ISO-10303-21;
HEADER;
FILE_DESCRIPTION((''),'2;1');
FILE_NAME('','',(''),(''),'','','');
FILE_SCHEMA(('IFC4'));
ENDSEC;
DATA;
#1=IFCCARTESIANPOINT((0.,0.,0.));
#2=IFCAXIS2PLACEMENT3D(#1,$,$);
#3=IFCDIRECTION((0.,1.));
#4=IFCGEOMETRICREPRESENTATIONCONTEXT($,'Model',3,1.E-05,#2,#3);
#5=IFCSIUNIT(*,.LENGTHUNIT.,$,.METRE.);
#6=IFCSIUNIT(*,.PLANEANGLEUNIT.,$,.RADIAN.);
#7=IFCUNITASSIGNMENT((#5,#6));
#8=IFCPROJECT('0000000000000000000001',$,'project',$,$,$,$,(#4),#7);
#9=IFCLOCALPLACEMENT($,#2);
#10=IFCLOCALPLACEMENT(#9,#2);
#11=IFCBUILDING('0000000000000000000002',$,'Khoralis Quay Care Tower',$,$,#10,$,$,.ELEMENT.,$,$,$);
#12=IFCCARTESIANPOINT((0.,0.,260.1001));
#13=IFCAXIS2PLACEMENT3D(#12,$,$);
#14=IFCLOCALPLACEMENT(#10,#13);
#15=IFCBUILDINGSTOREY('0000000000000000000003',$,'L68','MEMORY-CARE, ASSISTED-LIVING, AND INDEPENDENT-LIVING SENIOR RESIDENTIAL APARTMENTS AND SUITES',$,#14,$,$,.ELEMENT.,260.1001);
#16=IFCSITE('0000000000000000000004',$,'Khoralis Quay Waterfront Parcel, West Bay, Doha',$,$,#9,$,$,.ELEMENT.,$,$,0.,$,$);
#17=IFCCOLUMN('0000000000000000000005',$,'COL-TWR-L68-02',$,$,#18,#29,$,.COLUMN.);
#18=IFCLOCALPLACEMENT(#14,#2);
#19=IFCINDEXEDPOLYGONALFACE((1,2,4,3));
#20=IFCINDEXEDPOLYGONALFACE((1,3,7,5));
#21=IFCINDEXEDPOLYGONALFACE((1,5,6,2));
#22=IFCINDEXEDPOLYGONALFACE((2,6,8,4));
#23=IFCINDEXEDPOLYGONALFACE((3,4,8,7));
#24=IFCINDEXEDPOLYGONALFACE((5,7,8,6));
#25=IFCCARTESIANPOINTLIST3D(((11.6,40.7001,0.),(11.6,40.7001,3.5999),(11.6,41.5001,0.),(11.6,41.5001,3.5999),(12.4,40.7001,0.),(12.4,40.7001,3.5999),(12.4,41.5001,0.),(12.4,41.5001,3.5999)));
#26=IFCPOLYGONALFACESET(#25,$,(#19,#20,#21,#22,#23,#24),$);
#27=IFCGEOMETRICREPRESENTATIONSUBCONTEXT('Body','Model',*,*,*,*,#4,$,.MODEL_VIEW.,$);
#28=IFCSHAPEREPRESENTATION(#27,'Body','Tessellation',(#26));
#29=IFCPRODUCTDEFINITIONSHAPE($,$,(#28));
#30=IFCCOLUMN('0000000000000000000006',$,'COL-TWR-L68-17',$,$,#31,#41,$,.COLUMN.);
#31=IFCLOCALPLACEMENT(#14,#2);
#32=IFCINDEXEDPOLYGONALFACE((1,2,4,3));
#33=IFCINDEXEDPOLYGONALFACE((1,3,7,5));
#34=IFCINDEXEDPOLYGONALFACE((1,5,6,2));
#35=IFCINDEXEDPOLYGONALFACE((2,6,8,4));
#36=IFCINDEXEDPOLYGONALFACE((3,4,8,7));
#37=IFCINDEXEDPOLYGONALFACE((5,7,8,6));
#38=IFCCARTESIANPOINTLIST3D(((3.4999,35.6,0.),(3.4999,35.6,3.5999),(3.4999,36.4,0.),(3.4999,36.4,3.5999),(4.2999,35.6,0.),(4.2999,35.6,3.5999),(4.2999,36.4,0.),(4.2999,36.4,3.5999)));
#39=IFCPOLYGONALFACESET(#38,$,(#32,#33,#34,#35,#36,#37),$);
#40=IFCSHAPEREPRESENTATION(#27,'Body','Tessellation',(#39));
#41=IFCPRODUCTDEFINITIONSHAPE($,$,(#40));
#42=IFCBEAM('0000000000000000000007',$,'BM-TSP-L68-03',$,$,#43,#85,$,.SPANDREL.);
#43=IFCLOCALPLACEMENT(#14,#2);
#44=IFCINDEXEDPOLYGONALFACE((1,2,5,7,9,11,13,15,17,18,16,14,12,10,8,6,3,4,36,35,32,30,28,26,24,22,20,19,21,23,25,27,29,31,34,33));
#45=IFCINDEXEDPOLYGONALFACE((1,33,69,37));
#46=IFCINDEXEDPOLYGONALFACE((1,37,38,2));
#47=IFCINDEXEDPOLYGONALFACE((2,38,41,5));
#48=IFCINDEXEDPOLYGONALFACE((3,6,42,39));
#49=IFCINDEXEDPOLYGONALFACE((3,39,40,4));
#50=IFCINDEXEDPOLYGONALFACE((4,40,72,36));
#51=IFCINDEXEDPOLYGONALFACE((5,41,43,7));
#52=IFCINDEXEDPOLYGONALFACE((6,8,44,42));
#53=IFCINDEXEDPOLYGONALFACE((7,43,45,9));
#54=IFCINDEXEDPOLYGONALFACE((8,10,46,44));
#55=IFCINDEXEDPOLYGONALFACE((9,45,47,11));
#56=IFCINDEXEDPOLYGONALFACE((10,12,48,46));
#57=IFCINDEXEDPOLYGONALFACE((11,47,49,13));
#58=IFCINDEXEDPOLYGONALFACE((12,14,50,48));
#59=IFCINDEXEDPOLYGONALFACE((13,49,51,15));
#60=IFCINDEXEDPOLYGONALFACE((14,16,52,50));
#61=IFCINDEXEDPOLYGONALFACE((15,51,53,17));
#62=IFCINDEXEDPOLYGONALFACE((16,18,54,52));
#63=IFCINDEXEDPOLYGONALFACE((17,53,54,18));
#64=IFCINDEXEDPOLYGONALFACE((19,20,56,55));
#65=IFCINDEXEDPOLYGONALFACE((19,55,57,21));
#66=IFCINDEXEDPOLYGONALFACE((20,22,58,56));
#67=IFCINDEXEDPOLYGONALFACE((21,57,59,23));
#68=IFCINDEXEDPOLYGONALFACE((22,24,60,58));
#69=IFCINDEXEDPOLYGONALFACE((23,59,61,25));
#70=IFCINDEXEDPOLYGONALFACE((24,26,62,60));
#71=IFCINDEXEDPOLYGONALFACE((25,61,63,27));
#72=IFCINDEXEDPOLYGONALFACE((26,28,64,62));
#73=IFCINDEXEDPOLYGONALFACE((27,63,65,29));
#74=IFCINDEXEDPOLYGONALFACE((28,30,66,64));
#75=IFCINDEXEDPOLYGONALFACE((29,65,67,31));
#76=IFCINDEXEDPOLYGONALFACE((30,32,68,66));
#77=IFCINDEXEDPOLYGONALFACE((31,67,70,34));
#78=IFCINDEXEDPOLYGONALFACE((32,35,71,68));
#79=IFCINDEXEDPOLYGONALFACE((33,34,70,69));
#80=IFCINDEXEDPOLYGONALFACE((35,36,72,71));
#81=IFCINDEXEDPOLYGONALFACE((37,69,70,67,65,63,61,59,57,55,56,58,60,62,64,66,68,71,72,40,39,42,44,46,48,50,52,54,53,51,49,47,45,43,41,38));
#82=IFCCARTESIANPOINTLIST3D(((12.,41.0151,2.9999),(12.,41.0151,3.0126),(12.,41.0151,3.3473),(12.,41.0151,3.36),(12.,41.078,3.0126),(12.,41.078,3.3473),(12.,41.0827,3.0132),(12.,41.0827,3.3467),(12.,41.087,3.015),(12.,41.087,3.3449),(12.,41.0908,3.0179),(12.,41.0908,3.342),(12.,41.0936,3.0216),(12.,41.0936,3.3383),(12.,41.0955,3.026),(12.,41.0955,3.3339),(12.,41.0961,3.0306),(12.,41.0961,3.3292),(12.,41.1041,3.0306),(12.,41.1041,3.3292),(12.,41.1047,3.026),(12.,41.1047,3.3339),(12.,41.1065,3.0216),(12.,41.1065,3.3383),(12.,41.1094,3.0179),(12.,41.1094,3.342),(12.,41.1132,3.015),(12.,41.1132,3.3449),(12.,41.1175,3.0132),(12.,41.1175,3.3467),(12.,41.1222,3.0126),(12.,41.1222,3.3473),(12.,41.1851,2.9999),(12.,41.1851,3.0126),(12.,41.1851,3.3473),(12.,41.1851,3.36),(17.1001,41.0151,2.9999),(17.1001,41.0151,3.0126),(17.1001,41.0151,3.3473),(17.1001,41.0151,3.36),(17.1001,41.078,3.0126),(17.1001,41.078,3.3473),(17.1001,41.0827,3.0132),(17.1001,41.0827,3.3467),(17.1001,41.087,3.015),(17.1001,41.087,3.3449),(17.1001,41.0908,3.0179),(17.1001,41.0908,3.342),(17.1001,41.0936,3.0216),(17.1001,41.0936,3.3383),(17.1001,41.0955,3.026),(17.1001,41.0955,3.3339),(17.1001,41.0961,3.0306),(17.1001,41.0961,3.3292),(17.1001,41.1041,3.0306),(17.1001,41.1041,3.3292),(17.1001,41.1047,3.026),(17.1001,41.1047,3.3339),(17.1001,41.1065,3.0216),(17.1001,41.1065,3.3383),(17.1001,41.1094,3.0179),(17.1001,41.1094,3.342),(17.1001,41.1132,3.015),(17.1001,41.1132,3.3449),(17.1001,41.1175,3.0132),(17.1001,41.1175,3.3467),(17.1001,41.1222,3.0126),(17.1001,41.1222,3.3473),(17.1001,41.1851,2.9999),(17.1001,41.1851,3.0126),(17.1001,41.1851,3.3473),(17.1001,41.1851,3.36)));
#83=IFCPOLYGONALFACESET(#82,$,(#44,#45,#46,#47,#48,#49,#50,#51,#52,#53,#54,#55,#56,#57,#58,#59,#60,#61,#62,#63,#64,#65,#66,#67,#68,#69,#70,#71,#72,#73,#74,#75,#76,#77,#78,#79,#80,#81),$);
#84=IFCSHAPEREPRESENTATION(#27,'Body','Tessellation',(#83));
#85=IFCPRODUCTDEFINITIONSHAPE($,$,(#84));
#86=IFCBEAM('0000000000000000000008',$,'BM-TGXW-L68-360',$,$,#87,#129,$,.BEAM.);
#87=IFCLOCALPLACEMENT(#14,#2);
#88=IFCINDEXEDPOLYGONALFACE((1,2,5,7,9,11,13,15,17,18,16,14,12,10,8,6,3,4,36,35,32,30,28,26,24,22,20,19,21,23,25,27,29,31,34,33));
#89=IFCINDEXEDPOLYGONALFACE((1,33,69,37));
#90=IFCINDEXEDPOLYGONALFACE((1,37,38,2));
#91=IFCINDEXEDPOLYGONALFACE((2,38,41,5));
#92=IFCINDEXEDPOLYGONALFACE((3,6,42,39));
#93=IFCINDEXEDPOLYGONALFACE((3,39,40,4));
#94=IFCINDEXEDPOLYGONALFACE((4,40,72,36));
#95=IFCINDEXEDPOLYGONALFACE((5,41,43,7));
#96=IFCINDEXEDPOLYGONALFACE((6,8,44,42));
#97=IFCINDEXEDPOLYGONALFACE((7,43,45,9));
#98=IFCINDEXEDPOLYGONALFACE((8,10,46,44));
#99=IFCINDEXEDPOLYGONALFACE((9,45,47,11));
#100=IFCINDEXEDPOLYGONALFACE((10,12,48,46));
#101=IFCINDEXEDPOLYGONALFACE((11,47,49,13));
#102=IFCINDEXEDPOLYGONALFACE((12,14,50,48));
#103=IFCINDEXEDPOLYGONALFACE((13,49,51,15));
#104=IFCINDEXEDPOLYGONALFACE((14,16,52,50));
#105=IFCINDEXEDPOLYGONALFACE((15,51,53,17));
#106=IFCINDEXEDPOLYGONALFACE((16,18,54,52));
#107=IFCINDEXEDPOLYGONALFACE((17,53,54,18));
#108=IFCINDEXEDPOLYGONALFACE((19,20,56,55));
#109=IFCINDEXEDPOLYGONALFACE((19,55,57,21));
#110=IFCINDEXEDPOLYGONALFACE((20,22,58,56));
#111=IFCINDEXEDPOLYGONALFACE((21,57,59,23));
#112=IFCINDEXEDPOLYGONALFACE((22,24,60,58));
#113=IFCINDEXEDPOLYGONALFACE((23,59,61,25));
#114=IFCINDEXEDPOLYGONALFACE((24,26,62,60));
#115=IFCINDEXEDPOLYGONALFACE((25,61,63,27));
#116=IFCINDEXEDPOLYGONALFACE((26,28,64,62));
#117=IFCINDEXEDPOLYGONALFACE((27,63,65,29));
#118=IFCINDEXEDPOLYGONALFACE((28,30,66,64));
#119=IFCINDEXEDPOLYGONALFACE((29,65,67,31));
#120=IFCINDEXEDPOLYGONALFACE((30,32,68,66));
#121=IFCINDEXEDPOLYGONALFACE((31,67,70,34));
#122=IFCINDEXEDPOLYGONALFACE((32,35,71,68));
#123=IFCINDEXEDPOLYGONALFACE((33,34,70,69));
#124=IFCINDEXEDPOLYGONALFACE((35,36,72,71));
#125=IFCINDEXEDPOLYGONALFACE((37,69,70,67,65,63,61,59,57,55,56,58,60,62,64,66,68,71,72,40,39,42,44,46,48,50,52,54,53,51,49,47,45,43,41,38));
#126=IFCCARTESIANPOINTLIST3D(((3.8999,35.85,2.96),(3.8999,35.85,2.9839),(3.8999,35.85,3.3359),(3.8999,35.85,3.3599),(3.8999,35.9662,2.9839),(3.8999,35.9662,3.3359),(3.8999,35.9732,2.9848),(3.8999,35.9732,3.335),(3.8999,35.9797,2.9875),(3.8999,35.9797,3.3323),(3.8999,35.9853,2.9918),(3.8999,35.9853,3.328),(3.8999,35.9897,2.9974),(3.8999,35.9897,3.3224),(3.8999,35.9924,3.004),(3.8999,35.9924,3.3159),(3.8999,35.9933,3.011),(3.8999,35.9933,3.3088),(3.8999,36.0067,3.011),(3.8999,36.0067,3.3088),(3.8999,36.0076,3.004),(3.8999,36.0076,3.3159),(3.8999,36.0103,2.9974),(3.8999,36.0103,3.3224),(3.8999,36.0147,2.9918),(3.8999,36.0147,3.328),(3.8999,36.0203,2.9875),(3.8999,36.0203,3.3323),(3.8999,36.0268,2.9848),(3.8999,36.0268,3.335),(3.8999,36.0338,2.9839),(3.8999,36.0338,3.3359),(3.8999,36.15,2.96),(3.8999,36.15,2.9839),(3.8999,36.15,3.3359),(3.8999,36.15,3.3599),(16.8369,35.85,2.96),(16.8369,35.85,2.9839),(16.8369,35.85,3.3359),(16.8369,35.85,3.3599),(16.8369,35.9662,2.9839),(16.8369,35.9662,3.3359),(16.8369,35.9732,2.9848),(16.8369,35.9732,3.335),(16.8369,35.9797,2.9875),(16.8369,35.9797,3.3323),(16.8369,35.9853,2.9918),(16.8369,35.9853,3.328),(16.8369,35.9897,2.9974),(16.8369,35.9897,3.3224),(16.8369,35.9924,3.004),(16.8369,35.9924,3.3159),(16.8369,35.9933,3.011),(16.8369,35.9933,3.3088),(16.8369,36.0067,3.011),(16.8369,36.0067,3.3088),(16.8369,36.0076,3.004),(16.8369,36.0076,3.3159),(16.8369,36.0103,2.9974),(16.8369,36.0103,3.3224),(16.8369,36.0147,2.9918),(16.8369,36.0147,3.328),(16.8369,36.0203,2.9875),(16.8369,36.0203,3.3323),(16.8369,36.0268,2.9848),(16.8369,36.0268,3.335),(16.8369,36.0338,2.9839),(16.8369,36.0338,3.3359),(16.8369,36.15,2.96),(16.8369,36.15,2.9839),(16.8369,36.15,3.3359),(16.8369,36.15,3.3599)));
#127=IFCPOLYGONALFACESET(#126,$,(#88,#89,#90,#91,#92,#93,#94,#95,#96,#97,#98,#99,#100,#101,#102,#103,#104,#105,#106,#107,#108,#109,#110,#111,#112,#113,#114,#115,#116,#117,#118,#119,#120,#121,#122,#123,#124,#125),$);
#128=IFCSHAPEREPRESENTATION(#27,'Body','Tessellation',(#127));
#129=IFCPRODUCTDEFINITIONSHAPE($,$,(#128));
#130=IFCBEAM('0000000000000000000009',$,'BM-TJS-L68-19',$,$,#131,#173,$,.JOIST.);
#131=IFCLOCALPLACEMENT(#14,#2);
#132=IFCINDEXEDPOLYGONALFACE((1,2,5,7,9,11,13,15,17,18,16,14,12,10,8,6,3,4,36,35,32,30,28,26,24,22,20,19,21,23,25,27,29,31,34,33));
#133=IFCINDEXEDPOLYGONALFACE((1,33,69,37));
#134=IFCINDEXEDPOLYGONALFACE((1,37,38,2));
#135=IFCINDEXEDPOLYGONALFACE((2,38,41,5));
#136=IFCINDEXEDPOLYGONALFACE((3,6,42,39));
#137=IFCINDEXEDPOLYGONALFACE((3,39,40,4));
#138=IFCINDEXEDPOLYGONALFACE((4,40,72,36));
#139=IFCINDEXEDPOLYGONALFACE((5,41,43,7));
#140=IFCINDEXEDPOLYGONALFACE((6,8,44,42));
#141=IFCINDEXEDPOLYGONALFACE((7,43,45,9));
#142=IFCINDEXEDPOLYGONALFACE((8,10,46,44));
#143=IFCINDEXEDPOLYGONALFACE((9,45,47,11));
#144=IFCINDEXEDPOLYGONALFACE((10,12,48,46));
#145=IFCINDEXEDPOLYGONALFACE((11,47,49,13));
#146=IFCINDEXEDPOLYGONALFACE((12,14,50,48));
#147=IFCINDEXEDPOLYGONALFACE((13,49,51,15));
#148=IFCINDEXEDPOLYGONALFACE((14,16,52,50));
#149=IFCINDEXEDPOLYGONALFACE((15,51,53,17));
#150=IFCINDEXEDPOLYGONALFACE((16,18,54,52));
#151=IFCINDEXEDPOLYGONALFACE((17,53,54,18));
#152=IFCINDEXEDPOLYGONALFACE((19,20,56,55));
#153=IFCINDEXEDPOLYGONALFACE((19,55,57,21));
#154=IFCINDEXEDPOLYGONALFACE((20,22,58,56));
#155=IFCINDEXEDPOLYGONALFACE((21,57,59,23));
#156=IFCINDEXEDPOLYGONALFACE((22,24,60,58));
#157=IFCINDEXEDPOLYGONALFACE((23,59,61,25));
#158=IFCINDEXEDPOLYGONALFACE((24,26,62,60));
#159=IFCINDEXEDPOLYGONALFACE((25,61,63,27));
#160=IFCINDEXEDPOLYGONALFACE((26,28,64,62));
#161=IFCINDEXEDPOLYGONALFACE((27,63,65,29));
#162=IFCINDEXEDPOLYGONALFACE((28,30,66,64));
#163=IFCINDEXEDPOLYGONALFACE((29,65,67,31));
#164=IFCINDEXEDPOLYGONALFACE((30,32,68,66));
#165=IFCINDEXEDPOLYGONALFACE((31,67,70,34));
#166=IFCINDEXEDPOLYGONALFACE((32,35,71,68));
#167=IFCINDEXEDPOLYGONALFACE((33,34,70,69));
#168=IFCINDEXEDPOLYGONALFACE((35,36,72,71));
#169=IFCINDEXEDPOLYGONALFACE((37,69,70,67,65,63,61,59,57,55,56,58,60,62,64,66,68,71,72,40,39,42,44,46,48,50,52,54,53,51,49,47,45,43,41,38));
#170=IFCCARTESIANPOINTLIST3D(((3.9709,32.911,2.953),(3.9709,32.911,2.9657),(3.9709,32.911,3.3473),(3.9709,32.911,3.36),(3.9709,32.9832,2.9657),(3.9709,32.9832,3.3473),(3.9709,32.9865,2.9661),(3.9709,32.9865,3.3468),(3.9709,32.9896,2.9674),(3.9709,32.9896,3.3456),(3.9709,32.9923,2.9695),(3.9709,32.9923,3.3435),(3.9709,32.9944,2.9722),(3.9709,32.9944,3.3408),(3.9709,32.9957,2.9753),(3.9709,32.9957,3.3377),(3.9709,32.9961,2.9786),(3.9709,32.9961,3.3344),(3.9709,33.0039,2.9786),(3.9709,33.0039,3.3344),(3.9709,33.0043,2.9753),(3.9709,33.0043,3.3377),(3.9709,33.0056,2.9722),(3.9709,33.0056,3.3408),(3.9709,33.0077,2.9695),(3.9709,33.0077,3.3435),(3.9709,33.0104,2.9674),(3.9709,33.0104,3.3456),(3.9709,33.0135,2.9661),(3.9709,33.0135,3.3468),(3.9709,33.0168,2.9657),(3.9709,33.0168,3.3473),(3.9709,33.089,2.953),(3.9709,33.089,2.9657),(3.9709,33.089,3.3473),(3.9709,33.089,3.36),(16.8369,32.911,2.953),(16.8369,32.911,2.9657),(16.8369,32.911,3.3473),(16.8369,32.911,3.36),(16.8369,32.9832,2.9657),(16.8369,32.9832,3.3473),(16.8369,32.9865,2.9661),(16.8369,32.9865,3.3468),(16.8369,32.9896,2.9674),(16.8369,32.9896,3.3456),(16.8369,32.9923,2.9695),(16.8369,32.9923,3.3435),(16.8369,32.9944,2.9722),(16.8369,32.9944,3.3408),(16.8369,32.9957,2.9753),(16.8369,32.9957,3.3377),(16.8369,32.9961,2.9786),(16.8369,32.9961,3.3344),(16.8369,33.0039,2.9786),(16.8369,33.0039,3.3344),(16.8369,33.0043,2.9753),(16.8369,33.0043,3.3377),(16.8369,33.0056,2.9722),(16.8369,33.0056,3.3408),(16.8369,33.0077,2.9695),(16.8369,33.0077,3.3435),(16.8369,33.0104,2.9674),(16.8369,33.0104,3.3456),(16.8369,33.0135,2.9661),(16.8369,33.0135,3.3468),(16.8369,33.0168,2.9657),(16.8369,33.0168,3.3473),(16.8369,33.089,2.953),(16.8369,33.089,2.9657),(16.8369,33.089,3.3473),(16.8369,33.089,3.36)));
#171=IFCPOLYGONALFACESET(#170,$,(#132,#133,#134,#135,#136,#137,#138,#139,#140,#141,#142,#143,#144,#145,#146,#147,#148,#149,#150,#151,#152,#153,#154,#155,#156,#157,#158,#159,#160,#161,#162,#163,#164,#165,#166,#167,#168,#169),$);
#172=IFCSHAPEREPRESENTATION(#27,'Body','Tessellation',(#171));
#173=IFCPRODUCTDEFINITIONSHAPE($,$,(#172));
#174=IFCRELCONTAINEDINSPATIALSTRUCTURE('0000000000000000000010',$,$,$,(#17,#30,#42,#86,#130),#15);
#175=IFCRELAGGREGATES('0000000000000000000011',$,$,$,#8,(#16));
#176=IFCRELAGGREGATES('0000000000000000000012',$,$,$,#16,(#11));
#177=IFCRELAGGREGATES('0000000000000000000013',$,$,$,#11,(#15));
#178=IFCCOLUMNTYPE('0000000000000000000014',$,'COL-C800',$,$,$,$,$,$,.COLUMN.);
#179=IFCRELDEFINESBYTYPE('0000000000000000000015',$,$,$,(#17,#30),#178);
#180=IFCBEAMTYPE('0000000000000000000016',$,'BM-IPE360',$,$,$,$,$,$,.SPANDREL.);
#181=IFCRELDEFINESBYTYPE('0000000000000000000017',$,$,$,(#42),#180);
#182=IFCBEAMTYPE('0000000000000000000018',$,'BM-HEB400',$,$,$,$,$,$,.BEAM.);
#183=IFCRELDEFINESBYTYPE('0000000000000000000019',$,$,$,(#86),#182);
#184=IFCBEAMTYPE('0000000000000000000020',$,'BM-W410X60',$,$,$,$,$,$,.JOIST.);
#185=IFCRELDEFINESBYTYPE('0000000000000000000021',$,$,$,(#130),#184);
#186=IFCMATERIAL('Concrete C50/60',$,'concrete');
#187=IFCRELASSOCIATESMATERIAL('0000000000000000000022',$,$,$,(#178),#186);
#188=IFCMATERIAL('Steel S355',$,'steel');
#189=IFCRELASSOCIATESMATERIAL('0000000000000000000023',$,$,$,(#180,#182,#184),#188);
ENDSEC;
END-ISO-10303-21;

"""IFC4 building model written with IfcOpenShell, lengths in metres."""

from ifc_helpers import new_model, si_unit, direction, frame, origin, origin_2d, place, context, subcontext, project, spatial, rectangle, i_section, extrude, source, transform, mapped, material, material_profile, profile_set, type_object, element, save


model = new_model("IFC4")

# Units and contexts
model_context = context("Model", 3, precision=1e-05, world=origin(), true_north=direction((0.0, 1.0)))
body_context = subcontext(model_context, "Body", "Model", "MODEL_VIEW")
ifc_project = project(units=[si_unit("LENGTHUNIT", "METRE"), si_unit("PLANEANGLEUNIT", "RADIAN")], contexts=[model_context])

# Site, building, storey
site_placement = place(None, origin())
site = spatial("IfcSite", under=ifc_project, at=site_placement, Name="Khoralis Quay Waterfront Parcel, West Bay, Doha", CompositionType="ELEMENT", RefElevation=0.0)
building_placement = place(site_placement, origin())
building = spatial("IfcBuilding", under=site, at=building_placement, Name="Khoralis Quay Care Tower", CompositionType="ELEMENT")
storey_placement = place(building_placement, frame((0.0, 0.0, 260.1001)))
storey = spatial("IfcBuildingStorey", under=building, at=storey_placement, Name="L68", Description="MEMORY-CARE, ASSISTED-LIVING, AND INDEPENDENT-LIVING SENIOR RESIDENTIAL APARTMENTS AND SUITES", CompositionType="ELEMENT", Elevation=260.1001)

# Columns
ifc_material_1 = material(Name="Concrete C50/60", Category="concrete")
ifc_material_profile_1 = material_profile(ifc_material_1, rectangle(XDim=0.8, YDim=0.8, at=origin_2d()), Name="Concrete C50/60")
ifc_profile_set_1 = profile_set([ifc_material_profile_1], Name="Concrete C50/60")
column_type = type_object("IfcColumnType", Name="COL-C800", PredefinedType="COLUMN", material=ifc_profile_set_1)
shared_shape_1 = source(origin(), body_context, "Body", "SweptSolid", [
    extrude(rectangle(XDim=0.8, YDim=0.8, at=origin_2d()), origin(), (0.0, 0.0, 1.0), 3.5999),
])
for number, where, z_axis, x_axis, name in (
    (1, (12.0, 41.1001, 0.0), (0.0, 0.0, 1.0), (1.0, 0.0, 0.0), "COL-TWR-L68-02"),
    (2, (3.8999, 36.0, 0.0), (0.0, 0.0, 1.0), (1.0, 0.0, 0.0), "COL-TWR-L68-17"),
):
    element("IfcColumn", number, at=place(storey_placement, frame(where, z_axis=z_axis, x_axis=x_axis)), inside=storey, type_object=column_type, Name=name, PredefinedType="COLUMN", context=body_context, shape_type="MappedRepresentation", body=[
        mapped(shared_shape_1, transform((0.0, 0.0, 0.0), scale=1.0)),
    ])

# Beams
ifc_material_2 = material(Name="Steel S355", Category="steel")
ifc_material_profile_2 = material_profile(ifc_material_2, i_section(OverallWidth=0.1699, OverallDepth=0.3601, WebThickness=0.0081, FlangeThickness=0.0127, FilletRadius=0.0181, at=origin_2d()), Name="Steel S355")
ifc_profile_set_2 = profile_set([ifc_material_profile_2], Name="Steel S355")
beam_type_1 = type_object("IfcBeamType", Name="BM-IPE360", PredefinedType="SPANDREL", material=ifc_profile_set_2)
shared_shape_2 = source(origin(), body_context, "Body", "SweptSolid", [
    extrude(i_section(OverallWidth=0.1699, OverallDepth=0.3601, WebThickness=0.0081, FlangeThickness=0.0127, FilletRadius=0.0181, at=origin_2d()), origin(), (0.0, 0.0, 1.0), 5.1001),
])
beam_1_placement = place(storey_placement, frame((12.0, 41.1001, 3.1799), z_axis=(1.0, 0.0, 0.0), x_axis=(0.0, 1.0, 0.0)))
element("IfcBeam", 3, at=beam_1_placement, inside=storey, type_object=beam_type_1, Name="BM-TSP-L68-03", PredefinedType="SPANDREL", context=body_context, shape_type="MappedRepresentation", body=[
    mapped(shared_shape_2, transform((0.0, 0.0, 0.0), scale=1.0)),
])
ifc_material_profile_3 = material_profile(ifc_material_2, i_section(OverallWidth=0.3, OverallDepth=0.3999, WebThickness=0.0134, FlangeThickness=0.0239, FilletRadius=0.0271, at=origin_2d()), Name="Steel S355")
ifc_profile_set_3 = profile_set([ifc_material_profile_3], Name="Steel S355")
beam_type_2 = type_object("IfcBeamType", Name="BM-HEB400", PredefinedType="BEAM", material=ifc_profile_set_3)
shared_shape_3 = source(origin(), body_context, "Body", "SweptSolid", [
    extrude(i_section(OverallWidth=0.3, OverallDepth=0.3999, WebThickness=0.0134, FlangeThickness=0.0239, FilletRadius=0.0271, at=origin_2d()), origin(), (0.0, 0.0, 1.0), 12.937),
])
beam_2_placement = place(storey_placement, frame((3.8999, 36.0, 3.1599), z_axis=(1.0, 0.0, 0.0), x_axis=(0.0, 1.0, 0.0)))
element("IfcBeam", 4, at=beam_2_placement, inside=storey, type_object=beam_type_2, Name="BM-TGXW-L68-360", PredefinedType="BEAM", context=body_context, shape_type="MappedRepresentation", body=[
    mapped(shared_shape_3, transform((0.0, 0.0, 0.0), scale=1.0)),
])
ifc_material_profile_4 = material_profile(ifc_material_2, i_section(OverallWidth=0.178, OverallDepth=0.407, WebThickness=0.0078, FlangeThickness=0.0127, FilletRadius=0.0129, at=origin_2d()), Name="Steel S355")
ifc_profile_set_4 = profile_set([ifc_material_profile_4], Name="Steel S355")
beam_type_3 = type_object("IfcBeamType", Name="BM-W410X60", PredefinedType="JOIST", material=ifc_profile_set_4)
shared_shape_4 = source(origin(), body_context, "Body", "SweptSolid", [
    extrude(i_section(OverallWidth=0.178, OverallDepth=0.407, WebThickness=0.0078, FlangeThickness=0.0127, FilletRadius=0.0129, at=origin_2d()), origin(), (0.0, 0.0, 1.0), 12.866),
])
for number, where, z_axis, x_axis, name in (
    (5, (3.9709, 33.0, 3.1565), (1.0, 0.0, 0.0), (0.0, 1.0, 0.0), "BM-TJS-L68-19"),
):
    element("IfcBeam", number, at=place(storey_placement, frame(where, z_axis=z_axis, x_axis=x_axis)), inside=storey, type_object=beam_type_3, Name=name, PredefinedType="JOIST", context=body_context, shape_type="MappedRepresentation", body=[
        mapped(shared_shape_4, transform((0.0, 0.0, 0.0), scale=1.0)),
    ])

save(model, "model.ifc")
